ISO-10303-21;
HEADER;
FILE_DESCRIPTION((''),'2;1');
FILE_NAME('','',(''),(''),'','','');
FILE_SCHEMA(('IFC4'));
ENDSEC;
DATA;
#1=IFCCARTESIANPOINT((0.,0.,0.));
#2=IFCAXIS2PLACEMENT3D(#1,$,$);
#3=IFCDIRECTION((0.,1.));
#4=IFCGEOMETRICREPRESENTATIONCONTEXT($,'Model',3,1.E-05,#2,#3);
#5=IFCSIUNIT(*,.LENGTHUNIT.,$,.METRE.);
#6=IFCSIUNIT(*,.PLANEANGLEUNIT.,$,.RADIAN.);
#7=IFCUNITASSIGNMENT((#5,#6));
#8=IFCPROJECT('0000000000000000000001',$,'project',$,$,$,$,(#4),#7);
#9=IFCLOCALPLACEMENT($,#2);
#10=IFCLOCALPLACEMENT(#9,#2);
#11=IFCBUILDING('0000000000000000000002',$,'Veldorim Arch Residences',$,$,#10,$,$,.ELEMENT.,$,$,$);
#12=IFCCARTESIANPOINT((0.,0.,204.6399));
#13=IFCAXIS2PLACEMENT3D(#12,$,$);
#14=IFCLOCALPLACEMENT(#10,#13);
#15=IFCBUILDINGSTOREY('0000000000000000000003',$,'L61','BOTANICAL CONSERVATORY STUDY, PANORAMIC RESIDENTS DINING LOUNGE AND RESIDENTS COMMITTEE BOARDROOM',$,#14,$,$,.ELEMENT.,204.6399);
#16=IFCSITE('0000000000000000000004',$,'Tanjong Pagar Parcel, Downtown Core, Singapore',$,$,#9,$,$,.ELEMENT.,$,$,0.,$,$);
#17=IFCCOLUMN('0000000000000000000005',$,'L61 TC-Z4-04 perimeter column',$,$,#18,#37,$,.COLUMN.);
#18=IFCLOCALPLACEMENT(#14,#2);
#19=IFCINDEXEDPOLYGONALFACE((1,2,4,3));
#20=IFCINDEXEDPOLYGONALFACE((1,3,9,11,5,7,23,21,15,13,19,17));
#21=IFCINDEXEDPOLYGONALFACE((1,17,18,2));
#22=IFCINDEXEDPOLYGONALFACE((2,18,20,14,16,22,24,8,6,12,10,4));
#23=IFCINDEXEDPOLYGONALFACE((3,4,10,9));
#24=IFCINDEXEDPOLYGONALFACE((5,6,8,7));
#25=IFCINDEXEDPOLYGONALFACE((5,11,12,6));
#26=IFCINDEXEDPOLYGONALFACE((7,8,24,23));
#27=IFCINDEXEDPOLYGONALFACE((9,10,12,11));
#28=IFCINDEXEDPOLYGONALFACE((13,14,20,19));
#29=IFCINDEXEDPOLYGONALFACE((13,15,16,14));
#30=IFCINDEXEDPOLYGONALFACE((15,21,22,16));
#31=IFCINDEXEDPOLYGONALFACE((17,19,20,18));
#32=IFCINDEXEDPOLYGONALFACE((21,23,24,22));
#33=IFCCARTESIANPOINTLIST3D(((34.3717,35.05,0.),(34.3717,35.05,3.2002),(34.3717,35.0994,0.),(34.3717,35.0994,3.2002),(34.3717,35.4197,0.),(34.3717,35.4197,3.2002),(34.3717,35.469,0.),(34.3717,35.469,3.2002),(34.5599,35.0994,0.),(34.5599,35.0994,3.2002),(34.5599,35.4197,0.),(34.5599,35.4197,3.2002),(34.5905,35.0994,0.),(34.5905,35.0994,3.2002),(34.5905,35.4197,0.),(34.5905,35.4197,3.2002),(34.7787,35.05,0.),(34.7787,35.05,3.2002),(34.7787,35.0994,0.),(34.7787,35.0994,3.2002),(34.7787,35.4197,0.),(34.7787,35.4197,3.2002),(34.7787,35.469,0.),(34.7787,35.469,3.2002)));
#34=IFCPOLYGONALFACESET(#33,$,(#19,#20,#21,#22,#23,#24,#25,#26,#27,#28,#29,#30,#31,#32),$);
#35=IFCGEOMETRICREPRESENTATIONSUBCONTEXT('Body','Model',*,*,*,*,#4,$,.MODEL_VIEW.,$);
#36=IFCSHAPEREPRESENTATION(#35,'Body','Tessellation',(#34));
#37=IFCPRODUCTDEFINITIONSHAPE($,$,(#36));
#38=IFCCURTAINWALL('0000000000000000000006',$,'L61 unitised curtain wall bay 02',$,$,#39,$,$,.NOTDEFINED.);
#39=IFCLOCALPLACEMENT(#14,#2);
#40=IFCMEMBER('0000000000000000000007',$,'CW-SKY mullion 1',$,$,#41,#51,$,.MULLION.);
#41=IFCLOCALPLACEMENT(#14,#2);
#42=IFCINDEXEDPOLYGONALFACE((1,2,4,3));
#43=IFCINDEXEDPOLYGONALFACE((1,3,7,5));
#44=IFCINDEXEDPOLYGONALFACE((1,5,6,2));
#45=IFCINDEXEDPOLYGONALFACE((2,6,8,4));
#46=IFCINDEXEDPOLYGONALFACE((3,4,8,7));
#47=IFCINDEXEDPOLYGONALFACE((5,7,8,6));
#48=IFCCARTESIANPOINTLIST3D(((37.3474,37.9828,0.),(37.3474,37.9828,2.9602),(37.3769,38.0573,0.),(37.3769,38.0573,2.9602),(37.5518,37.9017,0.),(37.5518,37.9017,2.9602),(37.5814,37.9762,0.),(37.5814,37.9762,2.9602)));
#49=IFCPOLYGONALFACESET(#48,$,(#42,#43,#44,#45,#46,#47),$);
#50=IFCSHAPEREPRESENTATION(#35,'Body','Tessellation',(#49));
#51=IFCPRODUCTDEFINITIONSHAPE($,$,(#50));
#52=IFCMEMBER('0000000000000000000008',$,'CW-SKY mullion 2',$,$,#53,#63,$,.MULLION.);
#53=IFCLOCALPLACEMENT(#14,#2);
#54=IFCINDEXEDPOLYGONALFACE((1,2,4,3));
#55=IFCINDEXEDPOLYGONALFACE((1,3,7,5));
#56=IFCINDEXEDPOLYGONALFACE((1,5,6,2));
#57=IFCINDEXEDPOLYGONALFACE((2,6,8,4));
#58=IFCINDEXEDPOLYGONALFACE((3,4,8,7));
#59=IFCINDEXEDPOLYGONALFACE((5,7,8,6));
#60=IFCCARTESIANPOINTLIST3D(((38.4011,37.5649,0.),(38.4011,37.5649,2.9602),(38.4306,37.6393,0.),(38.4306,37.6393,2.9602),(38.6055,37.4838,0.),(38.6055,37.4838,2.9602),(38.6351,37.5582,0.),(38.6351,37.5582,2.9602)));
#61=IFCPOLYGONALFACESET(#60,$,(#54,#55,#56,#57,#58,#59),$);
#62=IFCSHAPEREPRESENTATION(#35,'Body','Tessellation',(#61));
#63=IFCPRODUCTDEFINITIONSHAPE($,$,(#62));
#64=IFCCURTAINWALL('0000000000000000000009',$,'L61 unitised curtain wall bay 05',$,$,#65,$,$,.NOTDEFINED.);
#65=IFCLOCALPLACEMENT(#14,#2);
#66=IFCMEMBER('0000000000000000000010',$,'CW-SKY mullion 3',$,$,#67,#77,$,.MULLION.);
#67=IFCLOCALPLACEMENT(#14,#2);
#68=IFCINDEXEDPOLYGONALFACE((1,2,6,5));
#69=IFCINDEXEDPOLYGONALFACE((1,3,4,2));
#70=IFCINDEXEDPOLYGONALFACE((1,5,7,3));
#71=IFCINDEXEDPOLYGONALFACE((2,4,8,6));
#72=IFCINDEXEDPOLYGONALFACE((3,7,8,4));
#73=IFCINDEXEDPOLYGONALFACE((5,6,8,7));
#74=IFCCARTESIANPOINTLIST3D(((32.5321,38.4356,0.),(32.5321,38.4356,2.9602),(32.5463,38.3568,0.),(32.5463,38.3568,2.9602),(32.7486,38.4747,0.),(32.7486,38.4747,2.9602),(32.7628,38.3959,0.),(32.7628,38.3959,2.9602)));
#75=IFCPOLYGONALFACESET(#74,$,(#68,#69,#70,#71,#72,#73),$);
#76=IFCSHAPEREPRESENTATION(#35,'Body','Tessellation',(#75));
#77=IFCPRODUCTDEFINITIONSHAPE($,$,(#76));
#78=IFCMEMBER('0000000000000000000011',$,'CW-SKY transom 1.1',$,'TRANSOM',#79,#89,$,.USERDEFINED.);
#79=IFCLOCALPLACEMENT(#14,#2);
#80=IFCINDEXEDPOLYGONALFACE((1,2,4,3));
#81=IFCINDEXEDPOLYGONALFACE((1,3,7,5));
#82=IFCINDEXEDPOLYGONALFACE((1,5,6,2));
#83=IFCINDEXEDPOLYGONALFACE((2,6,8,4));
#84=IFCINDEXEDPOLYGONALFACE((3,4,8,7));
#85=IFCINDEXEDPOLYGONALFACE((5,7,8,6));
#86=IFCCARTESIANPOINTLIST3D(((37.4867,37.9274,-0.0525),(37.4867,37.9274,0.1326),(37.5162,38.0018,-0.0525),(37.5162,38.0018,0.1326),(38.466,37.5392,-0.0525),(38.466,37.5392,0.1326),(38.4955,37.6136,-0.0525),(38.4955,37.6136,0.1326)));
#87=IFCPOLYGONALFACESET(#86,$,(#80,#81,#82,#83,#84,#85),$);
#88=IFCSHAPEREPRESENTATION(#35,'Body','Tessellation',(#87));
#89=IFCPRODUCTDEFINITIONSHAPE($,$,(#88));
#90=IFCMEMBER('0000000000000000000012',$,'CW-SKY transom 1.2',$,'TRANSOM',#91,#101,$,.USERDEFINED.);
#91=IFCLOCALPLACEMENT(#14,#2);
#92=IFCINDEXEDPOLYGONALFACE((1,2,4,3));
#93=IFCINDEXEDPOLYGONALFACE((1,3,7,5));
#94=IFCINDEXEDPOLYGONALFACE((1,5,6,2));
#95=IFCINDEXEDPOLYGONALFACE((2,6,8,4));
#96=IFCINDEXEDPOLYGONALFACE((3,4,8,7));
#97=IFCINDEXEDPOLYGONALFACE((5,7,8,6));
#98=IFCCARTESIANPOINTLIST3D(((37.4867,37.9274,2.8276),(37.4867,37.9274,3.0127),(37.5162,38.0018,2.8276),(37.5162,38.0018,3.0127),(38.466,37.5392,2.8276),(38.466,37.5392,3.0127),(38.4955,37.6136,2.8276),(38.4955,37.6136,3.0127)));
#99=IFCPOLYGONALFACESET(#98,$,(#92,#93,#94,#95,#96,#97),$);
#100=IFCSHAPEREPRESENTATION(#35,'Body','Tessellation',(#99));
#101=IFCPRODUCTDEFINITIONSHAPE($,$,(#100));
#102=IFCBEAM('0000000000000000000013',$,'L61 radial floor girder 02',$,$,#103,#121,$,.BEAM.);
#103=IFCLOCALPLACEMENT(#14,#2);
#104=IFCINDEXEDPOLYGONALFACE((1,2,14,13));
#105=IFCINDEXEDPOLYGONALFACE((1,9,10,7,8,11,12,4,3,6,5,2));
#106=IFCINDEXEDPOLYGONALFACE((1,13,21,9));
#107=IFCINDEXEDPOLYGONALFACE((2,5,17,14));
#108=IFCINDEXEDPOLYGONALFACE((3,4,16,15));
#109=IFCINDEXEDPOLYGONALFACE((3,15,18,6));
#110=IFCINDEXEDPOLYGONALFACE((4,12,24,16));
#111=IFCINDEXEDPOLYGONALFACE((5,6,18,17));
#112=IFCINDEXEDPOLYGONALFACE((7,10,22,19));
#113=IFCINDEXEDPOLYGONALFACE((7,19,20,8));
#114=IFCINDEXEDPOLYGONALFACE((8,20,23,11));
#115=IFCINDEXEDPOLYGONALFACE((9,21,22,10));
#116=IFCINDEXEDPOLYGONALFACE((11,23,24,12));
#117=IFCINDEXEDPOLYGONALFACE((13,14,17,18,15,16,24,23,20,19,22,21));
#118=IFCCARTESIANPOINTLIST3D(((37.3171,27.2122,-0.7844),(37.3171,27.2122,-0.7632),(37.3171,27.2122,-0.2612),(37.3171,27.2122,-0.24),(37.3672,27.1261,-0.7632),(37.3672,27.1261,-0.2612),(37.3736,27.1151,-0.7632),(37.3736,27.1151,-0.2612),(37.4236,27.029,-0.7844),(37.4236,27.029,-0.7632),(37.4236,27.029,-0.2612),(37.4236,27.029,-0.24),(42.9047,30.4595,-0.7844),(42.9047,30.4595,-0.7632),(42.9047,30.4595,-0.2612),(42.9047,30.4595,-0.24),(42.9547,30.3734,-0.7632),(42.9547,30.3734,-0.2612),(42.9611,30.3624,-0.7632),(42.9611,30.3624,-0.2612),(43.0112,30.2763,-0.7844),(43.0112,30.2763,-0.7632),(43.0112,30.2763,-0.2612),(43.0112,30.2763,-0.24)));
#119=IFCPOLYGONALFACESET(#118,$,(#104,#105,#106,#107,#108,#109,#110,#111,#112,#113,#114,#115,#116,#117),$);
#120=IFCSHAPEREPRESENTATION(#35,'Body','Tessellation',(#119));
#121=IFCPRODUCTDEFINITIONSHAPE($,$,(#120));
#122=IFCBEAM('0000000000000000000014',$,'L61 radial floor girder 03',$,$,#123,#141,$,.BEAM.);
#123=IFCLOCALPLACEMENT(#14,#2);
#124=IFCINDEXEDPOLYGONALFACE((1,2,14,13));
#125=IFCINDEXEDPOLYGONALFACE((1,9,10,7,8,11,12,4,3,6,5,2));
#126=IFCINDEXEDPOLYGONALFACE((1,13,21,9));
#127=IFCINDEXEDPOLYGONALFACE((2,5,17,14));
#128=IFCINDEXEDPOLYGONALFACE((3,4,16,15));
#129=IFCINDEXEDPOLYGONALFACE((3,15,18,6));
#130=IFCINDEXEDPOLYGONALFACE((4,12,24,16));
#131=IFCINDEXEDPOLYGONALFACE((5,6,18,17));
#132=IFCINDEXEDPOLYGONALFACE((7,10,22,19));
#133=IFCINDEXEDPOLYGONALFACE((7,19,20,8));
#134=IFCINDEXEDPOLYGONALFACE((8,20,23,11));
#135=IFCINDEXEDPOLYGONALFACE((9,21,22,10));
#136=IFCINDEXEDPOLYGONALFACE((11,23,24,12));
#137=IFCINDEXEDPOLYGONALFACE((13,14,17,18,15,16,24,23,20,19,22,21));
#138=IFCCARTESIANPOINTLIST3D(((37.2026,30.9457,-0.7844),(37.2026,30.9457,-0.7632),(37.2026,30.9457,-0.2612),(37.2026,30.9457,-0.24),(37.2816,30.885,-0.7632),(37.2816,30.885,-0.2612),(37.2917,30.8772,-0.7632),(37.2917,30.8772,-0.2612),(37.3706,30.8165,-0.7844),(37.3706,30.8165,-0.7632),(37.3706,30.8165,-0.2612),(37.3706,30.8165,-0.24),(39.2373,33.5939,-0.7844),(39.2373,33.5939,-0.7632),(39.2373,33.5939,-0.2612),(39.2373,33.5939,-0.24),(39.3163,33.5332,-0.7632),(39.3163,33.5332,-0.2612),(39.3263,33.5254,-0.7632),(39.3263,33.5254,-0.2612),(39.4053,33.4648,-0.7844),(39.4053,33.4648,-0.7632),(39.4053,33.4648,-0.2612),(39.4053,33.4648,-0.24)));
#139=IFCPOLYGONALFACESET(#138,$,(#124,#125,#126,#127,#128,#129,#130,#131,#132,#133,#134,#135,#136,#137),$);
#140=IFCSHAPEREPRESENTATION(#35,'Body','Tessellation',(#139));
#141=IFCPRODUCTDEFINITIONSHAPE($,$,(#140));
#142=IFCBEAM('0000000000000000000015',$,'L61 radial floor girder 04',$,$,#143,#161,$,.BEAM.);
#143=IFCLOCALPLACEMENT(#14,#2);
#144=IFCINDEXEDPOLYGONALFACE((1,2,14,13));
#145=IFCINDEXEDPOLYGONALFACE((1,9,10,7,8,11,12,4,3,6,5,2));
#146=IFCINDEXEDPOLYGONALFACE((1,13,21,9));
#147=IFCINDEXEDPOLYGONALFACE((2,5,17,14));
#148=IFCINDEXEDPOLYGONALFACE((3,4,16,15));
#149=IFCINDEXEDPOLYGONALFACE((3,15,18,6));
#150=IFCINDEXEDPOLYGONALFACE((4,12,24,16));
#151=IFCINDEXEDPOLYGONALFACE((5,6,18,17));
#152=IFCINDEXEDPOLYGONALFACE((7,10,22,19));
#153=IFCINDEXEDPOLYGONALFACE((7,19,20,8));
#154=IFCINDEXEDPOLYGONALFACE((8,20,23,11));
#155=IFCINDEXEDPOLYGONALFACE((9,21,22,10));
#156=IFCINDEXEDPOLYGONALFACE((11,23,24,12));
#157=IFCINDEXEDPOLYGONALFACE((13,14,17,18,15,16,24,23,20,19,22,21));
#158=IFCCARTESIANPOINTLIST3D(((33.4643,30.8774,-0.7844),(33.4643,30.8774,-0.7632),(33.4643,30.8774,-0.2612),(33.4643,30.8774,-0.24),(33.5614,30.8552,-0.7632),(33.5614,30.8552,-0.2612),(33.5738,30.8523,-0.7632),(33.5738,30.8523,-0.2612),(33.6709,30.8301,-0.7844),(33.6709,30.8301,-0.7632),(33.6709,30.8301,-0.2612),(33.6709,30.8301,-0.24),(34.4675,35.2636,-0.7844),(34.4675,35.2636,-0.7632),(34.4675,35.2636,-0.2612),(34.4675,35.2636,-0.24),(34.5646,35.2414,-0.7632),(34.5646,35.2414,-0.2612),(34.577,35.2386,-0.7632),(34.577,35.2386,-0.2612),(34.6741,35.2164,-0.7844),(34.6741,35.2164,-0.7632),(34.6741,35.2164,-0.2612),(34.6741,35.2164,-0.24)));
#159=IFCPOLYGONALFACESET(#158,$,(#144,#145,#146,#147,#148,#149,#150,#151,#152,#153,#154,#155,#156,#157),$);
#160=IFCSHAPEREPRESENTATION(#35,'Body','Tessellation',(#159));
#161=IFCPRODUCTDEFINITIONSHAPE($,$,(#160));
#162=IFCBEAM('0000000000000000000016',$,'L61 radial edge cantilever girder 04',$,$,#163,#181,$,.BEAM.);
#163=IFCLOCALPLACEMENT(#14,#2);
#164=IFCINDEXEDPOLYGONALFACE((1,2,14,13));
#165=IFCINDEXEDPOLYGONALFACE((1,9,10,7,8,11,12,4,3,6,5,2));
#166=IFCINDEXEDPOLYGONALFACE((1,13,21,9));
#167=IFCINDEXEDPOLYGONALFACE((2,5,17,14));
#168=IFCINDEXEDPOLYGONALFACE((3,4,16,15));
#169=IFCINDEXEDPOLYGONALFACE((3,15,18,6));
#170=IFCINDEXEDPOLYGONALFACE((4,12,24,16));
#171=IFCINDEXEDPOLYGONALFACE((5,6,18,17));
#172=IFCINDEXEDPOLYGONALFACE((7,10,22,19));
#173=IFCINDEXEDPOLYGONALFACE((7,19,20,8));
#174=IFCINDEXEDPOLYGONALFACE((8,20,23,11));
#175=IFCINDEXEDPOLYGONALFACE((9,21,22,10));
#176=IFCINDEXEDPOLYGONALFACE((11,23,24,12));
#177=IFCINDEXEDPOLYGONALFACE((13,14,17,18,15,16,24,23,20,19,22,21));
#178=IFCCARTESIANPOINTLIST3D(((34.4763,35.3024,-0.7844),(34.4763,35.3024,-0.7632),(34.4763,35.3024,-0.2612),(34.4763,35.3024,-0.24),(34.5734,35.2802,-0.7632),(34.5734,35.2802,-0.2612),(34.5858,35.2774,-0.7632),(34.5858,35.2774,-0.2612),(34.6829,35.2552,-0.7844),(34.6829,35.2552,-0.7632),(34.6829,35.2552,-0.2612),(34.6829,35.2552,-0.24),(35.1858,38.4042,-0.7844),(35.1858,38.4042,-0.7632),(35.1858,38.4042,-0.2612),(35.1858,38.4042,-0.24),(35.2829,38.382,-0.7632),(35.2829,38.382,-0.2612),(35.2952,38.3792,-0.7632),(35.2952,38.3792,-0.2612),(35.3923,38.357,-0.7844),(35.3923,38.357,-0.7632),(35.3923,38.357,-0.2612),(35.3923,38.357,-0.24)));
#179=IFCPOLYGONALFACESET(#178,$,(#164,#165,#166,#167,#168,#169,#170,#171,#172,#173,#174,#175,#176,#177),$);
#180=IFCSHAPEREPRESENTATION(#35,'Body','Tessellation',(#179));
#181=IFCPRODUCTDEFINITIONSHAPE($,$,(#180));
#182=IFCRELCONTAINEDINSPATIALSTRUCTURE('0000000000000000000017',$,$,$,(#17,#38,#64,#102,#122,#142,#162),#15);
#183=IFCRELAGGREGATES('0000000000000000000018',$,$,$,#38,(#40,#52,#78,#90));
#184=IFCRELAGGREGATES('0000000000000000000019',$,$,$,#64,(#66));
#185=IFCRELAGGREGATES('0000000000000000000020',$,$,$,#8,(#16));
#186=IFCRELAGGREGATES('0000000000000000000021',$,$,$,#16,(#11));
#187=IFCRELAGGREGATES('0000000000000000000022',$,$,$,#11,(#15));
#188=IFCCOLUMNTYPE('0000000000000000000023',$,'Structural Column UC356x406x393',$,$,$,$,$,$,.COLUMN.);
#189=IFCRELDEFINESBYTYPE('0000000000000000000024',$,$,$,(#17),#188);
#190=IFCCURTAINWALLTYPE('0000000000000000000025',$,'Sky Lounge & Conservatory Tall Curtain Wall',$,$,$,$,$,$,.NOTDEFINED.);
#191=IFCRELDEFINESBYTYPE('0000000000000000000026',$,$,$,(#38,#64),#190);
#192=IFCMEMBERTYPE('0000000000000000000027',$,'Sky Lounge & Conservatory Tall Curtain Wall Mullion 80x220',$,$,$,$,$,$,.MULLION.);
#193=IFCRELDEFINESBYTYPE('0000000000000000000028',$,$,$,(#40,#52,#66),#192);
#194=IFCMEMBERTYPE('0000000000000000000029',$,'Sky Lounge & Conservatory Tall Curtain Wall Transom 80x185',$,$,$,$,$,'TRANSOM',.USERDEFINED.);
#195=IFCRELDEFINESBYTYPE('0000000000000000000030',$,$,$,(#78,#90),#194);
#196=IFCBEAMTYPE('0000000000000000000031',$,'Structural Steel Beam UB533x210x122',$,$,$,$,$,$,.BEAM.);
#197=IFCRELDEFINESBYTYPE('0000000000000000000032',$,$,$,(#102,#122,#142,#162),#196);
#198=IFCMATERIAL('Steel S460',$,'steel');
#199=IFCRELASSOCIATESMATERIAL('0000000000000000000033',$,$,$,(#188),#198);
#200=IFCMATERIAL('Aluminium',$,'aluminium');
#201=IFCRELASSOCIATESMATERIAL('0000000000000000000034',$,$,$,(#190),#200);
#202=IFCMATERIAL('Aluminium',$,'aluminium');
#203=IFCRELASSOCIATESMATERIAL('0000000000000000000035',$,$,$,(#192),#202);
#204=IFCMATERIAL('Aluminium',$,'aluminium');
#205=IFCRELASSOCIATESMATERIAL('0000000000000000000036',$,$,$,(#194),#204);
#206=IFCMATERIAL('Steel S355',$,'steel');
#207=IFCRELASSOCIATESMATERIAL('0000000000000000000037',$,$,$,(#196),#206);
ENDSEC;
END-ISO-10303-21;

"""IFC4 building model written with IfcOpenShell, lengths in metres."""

from ifc_helpers import new_model, si_unit, direction, frame, origin, origin_2d, place, context, subcontext, project, spatial, rectangle, i_section, extrude, material, material_profile, profile_set, type_object, element, aggregate, save


model = new_model("IFC4")

# Units and contexts
model_context = context("Model", 3, precision=1e-05, world=origin(), true_north=direction((0.0, 1.0)))
body_context = subcontext(model_context, "Body", "Model", "MODEL_VIEW")
ifc_project = project(units=[si_unit("LENGTHUNIT", "METRE"), si_unit("PLANEANGLEUNIT", "RADIAN")], contexts=[model_context])

# Site, building, storey
site_placement = place(None, origin())
site = spatial("IfcSite", under=ifc_project, at=site_placement, Name="Tanjong Pagar Parcel, Downtown Core, Singapore", CompositionType="ELEMENT", RefElevation=0.0)
building_placement = place(site_placement, origin())
building = spatial("IfcBuilding", under=site, at=building_placement, Name="Veldorim Arch Residences", CompositionType="ELEMENT")
storey_placement = place(building_placement, frame((0.0, 0.0, 204.6399)))
storey = spatial("IfcBuildingStorey", under=building, at=storey_placement, Name="L61", Description="BOTANICAL CONSERVATORY STUDY, PANORAMIC RESIDENTS DINING LOUNGE AND RESIDENTS COMMITTEE BOARDROOM", CompositionType="ELEMENT", Elevation=204.6399)

# Column
ifc_material_1 = material(Name="Steel S460", Category="steel")
ifc_material_profile_1 = material_profile(ifc_material_1, i_section(OverallWidth=0.407, OverallDepth=0.4189, WebThickness=0.0305, FlangeThickness=0.0493, at=origin_2d()), Name="UC356x406x393")
ifc_profile_set_1 = profile_set([ifc_material_profile_1], Name="Steel S460")
column_type = type_object("IfcColumnType", Name="Structural Column UC356x406x393", PredefinedType="COLUMN", material=ifc_profile_set_1)
column_placement = place(storey_placement, frame((34.5752, 35.2595, 0.0), z_axis=(0.0, 0.0, 1.0), x_axis=(1.0, 0.0, 0.0)))
element("IfcColumn", 1, at=column_placement, inside=storey, type_object=column_type, Name="L61 TC-Z4-04 perimeter column", PredefinedType="COLUMN", context=body_context, shape_type="SweptSolid", body=[
    extrude(i_section(OverallWidth=0.407, OverallDepth=0.4189, WebThickness=0.0305, FlangeThickness=0.0493, at=origin_2d()), origin(), (0.0, 0.0, 1.0), 3.2002),
])

# Curtain wall, members
ifc_material_2 = material(Name="Aluminium", Category="aluminium")
curtain_wall_type = type_object("IfcCurtainWallType", Name="Sky Lounge & Conservatory Tall Curtain Wall", PredefinedType="NOTDEFINED", material=ifc_material_2)
curtain_wall_1_placement = place(storey_placement, origin())
curtain_wall_1 = element("IfcCurtainWall", 2, at=curtain_wall_1_placement, inside=storey, type_object=curtain_wall_type, Name="L61 unitised curtain wall bay 02", PredefinedType="NOTDEFINED")
ifc_material_3 = material(Name="Aluminium", Category="aluminium")
ifc_material_profile_2 = material_profile(ifc_material_3, rectangle(XDim=0.0801, YDim=0.22, at=origin_2d()), Name="ALU_MUL_80x220")
ifc_profile_set_2 = profile_set([ifc_material_profile_2], Name="Aluminium")
member_type_1 = type_object("IfcMemberType", Name="Sky Lounge & Conservatory Tall Curtain Wall Mullion 80x220", PredefinedType="MULLION", material=ifc_profile_set_2)
member_1_placement = place(storey_placement, frame((37.4644, 37.9795, 0.0), z_axis=(0.0, 0.0, 1.0), x_axis=(0.368671, 0.92956, 0.0)))
member_1 = element("IfcMember", 3, at=member_1_placement, type_object=member_type_1, Name="CW-SKY mullion 1", PredefinedType="MULLION", context=body_context, shape_type="SweptSolid", body=[
    extrude(rectangle(XDim=0.0801, YDim=0.22, at=origin_2d()), origin(), (0.0, 0.0, 1.0), 2.9602),
])
member_2_placement = place(storey_placement, frame((38.5181, 37.5615, 0.0), z_axis=(0.0, 0.0, 1.0), x_axis=(0.368671, 0.92956, 0.0)))
member_2 = element("IfcMember", 4, at=member_2_placement, type_object=member_type_1, Name="CW-SKY mullion 2", PredefinedType="MULLION", context=body_context, shape_type="SweptSolid", body=[
    extrude(rectangle(XDim=0.0801, YDim=0.22, at=origin_2d()), origin(), (0.0, 0.0, 1.0), 2.9602),
])

# Curtain wall, member
curtain_wall_2_placement = place(storey_placement, origin())
curtain_wall_2 = element("IfcCurtainWall", 5, at=curtain_wall_2_placement, inside=storey, type_object=curtain_wall_type, Name="L61 unitised curtain wall bay 05", PredefinedType="NOTDEFINED")
member_3_placement = place(storey_placement, frame((32.6475, 38.4158, 0.0), z_axis=(0.0, 0.0, 1.0), x_axis=(-0.177683, 0.984088, 0.0)))
member_3 = element("IfcMember", 6, at=member_3_placement, type_object=member_type_1, Name="CW-SKY mullion 3", PredefinedType="MULLION", context=body_context, shape_type="SweptSolid", body=[
    extrude(rectangle(XDim=0.0801, YDim=0.22, at=origin_2d()), origin(), (0.0, 0.0, 1.0), 2.9602),
])

# Members
ifc_material_4 = material(Name="Aluminium", Category="aluminium")
ifc_material_profile_3 = material_profile(ifc_material_4, rectangle(XDim=0.0801, YDim=0.1851, at=origin_2d()), Name="ALU_TRN_80x185")
ifc_profile_set_3 = profile_set([ifc_material_profile_3], Name="Aluminium")
member_type_2 = type_object("IfcMemberType", Name="Sky Lounge & Conservatory Tall Curtain Wall Transom 80x185", ElementType="TRANSOM", PredefinedType="USERDEFINED", material=ifc_profile_set_3)
member_4_placement = place(storey_placement, frame((37.5015, 37.9646, 0.04), z_axis=(0.929623, -0.368512, 0.0), x_axis=(0.368512, 0.929623, 0.0)))
member_4 = element("IfcMember", 7, at=member_4_placement, type_object=member_type_2, Name="CW-SKY transom 1.1", ObjectType="TRANSOM", PredefinedType="USERDEFINED", context=body_context, shape_type="SweptSolid", body=[
    extrude(rectangle(XDim=0.0801, YDim=0.1851, at=origin_2d()), origin(), (0.0, 0.0, 1.0), 1.0535),
])
member_5_placement = place(storey_placement, frame((37.5015, 37.9646, 2.9202), z_axis=(0.929623, -0.368512, 0.0), x_axis=(0.368512, 0.929623, 0.0)))
member_5 = element("IfcMember", 8, at=member_5_placement, type_object=member_type_2, Name="CW-SKY transom 1.2", ObjectType="TRANSOM", PredefinedType="USERDEFINED", context=body_context, shape_type="SweptSolid", body=[
    extrude(rectangle(XDim=0.0801, YDim=0.1851, at=origin_2d()), origin(), (0.0, 0.0, 1.0), 1.0535),
])

# Beams
ifc_material_5 = material(Name="Steel S355", Category="steel")
ifc_material_profile_4 = material_profile(ifc_material_5, i_section(OverallWidth=0.2119, OverallDepth=0.5444, WebThickness=0.0127, FlangeThickness=0.0212, at=origin_2d()), Name="UB533x210x122")
ifc_profile_set_4 = profile_set([ifc_material_profile_4], Name="Steel S355")
beam_type_1 = type_object("IfcBeamType", Name="Structural Steel Beam UB533x210x122", PredefinedType="BEAM", material=ifc_profile_set_4)
beam_1_placement = place(storey_placement, frame((37.3704, 27.1206, -0.5122), z_axis=(0.864596, 0.502468, 0.0), x_axis=(-0.502468, 0.864596, 0.0)))
element("IfcBeam", 9, at=beam_1_placement, inside=storey, type_object=beam_type_1, Name="L61 radial floor girder 02", PredefinedType="BEAM", context=body_context, shape_type="SweptSolid", body=[
    extrude(i_section(OverallWidth=0.2119, OverallDepth=0.5444, WebThickness=0.0127, FlangeThickness=0.0212, at=origin_2d()), origin(), (0.0, 0.0, 1.0), 6.4626),
])
beam_2_placement = place(storey_placement, frame((37.2866, 30.8811, -0.5122), z_axis=(0.609258, 0.792972, 0.0), x_axis=(-0.792972, 0.609258, 0.0)))
element("IfcBeam", 10, at=beam_2_placement, inside=storey, type_object=beam_type_1, Name="L61 radial floor girder 03", PredefinedType="BEAM", context=body_context, shape_type="SweptSolid", body=[
    extrude(i_section(OverallWidth=0.2119, OverallDepth=0.5444, WebThickness=0.0127, FlangeThickness=0.0212, at=origin_2d()), origin(), (0.0, 0.0, 1.0), 3.3396),
])
beam_3_placement = place(storey_placement, frame((33.5676, 30.8538, -0.5122), z_axis=(0.222953, 0.974829, 0.0), x_axis=(-0.974829, 0.222953, 0.0)))
element("IfcBeam", 11, at=beam_3_placement, inside=storey, type_object=beam_type_1, Name="L61 radial floor girder 04", PredefinedType="BEAM", context=body_context, shape_type="SweptSolid", body=[
    extrude(i_section(OverallWidth=0.2119, OverallDepth=0.5444, WebThickness=0.0127, FlangeThickness=0.0212, at=origin_2d()), origin(), (0.0, 0.0, 1.0), 4.4995),
])
beam_4_placement = place(storey_placement, frame((34.5796, 35.2788, -0.5122), z_axis=(0.222971, 0.974825, 0.0), x_axis=(-0.974825, 0.222971, 0.0)))
element("IfcBeam", 12, at=beam_4_placement, inside=storey, type_object=beam_type_1, Name="L61 radial edge cantilever girder 04", PredefinedType="BEAM", context=body_context, shape_type="SweptSolid", body=[
    extrude(i_section(OverallWidth=0.2119, OverallDepth=0.5444, WebThickness=0.0127, FlangeThickness=0.0212, at=origin_2d()), origin(), (0.0, 0.0, 1.0), 3.1819),
])

aggregate(curtain_wall_1, [member_1, member_2, member_4, member_5])
aggregate(curtain_wall_2, [member_3])

save(model, "model.ifc")
